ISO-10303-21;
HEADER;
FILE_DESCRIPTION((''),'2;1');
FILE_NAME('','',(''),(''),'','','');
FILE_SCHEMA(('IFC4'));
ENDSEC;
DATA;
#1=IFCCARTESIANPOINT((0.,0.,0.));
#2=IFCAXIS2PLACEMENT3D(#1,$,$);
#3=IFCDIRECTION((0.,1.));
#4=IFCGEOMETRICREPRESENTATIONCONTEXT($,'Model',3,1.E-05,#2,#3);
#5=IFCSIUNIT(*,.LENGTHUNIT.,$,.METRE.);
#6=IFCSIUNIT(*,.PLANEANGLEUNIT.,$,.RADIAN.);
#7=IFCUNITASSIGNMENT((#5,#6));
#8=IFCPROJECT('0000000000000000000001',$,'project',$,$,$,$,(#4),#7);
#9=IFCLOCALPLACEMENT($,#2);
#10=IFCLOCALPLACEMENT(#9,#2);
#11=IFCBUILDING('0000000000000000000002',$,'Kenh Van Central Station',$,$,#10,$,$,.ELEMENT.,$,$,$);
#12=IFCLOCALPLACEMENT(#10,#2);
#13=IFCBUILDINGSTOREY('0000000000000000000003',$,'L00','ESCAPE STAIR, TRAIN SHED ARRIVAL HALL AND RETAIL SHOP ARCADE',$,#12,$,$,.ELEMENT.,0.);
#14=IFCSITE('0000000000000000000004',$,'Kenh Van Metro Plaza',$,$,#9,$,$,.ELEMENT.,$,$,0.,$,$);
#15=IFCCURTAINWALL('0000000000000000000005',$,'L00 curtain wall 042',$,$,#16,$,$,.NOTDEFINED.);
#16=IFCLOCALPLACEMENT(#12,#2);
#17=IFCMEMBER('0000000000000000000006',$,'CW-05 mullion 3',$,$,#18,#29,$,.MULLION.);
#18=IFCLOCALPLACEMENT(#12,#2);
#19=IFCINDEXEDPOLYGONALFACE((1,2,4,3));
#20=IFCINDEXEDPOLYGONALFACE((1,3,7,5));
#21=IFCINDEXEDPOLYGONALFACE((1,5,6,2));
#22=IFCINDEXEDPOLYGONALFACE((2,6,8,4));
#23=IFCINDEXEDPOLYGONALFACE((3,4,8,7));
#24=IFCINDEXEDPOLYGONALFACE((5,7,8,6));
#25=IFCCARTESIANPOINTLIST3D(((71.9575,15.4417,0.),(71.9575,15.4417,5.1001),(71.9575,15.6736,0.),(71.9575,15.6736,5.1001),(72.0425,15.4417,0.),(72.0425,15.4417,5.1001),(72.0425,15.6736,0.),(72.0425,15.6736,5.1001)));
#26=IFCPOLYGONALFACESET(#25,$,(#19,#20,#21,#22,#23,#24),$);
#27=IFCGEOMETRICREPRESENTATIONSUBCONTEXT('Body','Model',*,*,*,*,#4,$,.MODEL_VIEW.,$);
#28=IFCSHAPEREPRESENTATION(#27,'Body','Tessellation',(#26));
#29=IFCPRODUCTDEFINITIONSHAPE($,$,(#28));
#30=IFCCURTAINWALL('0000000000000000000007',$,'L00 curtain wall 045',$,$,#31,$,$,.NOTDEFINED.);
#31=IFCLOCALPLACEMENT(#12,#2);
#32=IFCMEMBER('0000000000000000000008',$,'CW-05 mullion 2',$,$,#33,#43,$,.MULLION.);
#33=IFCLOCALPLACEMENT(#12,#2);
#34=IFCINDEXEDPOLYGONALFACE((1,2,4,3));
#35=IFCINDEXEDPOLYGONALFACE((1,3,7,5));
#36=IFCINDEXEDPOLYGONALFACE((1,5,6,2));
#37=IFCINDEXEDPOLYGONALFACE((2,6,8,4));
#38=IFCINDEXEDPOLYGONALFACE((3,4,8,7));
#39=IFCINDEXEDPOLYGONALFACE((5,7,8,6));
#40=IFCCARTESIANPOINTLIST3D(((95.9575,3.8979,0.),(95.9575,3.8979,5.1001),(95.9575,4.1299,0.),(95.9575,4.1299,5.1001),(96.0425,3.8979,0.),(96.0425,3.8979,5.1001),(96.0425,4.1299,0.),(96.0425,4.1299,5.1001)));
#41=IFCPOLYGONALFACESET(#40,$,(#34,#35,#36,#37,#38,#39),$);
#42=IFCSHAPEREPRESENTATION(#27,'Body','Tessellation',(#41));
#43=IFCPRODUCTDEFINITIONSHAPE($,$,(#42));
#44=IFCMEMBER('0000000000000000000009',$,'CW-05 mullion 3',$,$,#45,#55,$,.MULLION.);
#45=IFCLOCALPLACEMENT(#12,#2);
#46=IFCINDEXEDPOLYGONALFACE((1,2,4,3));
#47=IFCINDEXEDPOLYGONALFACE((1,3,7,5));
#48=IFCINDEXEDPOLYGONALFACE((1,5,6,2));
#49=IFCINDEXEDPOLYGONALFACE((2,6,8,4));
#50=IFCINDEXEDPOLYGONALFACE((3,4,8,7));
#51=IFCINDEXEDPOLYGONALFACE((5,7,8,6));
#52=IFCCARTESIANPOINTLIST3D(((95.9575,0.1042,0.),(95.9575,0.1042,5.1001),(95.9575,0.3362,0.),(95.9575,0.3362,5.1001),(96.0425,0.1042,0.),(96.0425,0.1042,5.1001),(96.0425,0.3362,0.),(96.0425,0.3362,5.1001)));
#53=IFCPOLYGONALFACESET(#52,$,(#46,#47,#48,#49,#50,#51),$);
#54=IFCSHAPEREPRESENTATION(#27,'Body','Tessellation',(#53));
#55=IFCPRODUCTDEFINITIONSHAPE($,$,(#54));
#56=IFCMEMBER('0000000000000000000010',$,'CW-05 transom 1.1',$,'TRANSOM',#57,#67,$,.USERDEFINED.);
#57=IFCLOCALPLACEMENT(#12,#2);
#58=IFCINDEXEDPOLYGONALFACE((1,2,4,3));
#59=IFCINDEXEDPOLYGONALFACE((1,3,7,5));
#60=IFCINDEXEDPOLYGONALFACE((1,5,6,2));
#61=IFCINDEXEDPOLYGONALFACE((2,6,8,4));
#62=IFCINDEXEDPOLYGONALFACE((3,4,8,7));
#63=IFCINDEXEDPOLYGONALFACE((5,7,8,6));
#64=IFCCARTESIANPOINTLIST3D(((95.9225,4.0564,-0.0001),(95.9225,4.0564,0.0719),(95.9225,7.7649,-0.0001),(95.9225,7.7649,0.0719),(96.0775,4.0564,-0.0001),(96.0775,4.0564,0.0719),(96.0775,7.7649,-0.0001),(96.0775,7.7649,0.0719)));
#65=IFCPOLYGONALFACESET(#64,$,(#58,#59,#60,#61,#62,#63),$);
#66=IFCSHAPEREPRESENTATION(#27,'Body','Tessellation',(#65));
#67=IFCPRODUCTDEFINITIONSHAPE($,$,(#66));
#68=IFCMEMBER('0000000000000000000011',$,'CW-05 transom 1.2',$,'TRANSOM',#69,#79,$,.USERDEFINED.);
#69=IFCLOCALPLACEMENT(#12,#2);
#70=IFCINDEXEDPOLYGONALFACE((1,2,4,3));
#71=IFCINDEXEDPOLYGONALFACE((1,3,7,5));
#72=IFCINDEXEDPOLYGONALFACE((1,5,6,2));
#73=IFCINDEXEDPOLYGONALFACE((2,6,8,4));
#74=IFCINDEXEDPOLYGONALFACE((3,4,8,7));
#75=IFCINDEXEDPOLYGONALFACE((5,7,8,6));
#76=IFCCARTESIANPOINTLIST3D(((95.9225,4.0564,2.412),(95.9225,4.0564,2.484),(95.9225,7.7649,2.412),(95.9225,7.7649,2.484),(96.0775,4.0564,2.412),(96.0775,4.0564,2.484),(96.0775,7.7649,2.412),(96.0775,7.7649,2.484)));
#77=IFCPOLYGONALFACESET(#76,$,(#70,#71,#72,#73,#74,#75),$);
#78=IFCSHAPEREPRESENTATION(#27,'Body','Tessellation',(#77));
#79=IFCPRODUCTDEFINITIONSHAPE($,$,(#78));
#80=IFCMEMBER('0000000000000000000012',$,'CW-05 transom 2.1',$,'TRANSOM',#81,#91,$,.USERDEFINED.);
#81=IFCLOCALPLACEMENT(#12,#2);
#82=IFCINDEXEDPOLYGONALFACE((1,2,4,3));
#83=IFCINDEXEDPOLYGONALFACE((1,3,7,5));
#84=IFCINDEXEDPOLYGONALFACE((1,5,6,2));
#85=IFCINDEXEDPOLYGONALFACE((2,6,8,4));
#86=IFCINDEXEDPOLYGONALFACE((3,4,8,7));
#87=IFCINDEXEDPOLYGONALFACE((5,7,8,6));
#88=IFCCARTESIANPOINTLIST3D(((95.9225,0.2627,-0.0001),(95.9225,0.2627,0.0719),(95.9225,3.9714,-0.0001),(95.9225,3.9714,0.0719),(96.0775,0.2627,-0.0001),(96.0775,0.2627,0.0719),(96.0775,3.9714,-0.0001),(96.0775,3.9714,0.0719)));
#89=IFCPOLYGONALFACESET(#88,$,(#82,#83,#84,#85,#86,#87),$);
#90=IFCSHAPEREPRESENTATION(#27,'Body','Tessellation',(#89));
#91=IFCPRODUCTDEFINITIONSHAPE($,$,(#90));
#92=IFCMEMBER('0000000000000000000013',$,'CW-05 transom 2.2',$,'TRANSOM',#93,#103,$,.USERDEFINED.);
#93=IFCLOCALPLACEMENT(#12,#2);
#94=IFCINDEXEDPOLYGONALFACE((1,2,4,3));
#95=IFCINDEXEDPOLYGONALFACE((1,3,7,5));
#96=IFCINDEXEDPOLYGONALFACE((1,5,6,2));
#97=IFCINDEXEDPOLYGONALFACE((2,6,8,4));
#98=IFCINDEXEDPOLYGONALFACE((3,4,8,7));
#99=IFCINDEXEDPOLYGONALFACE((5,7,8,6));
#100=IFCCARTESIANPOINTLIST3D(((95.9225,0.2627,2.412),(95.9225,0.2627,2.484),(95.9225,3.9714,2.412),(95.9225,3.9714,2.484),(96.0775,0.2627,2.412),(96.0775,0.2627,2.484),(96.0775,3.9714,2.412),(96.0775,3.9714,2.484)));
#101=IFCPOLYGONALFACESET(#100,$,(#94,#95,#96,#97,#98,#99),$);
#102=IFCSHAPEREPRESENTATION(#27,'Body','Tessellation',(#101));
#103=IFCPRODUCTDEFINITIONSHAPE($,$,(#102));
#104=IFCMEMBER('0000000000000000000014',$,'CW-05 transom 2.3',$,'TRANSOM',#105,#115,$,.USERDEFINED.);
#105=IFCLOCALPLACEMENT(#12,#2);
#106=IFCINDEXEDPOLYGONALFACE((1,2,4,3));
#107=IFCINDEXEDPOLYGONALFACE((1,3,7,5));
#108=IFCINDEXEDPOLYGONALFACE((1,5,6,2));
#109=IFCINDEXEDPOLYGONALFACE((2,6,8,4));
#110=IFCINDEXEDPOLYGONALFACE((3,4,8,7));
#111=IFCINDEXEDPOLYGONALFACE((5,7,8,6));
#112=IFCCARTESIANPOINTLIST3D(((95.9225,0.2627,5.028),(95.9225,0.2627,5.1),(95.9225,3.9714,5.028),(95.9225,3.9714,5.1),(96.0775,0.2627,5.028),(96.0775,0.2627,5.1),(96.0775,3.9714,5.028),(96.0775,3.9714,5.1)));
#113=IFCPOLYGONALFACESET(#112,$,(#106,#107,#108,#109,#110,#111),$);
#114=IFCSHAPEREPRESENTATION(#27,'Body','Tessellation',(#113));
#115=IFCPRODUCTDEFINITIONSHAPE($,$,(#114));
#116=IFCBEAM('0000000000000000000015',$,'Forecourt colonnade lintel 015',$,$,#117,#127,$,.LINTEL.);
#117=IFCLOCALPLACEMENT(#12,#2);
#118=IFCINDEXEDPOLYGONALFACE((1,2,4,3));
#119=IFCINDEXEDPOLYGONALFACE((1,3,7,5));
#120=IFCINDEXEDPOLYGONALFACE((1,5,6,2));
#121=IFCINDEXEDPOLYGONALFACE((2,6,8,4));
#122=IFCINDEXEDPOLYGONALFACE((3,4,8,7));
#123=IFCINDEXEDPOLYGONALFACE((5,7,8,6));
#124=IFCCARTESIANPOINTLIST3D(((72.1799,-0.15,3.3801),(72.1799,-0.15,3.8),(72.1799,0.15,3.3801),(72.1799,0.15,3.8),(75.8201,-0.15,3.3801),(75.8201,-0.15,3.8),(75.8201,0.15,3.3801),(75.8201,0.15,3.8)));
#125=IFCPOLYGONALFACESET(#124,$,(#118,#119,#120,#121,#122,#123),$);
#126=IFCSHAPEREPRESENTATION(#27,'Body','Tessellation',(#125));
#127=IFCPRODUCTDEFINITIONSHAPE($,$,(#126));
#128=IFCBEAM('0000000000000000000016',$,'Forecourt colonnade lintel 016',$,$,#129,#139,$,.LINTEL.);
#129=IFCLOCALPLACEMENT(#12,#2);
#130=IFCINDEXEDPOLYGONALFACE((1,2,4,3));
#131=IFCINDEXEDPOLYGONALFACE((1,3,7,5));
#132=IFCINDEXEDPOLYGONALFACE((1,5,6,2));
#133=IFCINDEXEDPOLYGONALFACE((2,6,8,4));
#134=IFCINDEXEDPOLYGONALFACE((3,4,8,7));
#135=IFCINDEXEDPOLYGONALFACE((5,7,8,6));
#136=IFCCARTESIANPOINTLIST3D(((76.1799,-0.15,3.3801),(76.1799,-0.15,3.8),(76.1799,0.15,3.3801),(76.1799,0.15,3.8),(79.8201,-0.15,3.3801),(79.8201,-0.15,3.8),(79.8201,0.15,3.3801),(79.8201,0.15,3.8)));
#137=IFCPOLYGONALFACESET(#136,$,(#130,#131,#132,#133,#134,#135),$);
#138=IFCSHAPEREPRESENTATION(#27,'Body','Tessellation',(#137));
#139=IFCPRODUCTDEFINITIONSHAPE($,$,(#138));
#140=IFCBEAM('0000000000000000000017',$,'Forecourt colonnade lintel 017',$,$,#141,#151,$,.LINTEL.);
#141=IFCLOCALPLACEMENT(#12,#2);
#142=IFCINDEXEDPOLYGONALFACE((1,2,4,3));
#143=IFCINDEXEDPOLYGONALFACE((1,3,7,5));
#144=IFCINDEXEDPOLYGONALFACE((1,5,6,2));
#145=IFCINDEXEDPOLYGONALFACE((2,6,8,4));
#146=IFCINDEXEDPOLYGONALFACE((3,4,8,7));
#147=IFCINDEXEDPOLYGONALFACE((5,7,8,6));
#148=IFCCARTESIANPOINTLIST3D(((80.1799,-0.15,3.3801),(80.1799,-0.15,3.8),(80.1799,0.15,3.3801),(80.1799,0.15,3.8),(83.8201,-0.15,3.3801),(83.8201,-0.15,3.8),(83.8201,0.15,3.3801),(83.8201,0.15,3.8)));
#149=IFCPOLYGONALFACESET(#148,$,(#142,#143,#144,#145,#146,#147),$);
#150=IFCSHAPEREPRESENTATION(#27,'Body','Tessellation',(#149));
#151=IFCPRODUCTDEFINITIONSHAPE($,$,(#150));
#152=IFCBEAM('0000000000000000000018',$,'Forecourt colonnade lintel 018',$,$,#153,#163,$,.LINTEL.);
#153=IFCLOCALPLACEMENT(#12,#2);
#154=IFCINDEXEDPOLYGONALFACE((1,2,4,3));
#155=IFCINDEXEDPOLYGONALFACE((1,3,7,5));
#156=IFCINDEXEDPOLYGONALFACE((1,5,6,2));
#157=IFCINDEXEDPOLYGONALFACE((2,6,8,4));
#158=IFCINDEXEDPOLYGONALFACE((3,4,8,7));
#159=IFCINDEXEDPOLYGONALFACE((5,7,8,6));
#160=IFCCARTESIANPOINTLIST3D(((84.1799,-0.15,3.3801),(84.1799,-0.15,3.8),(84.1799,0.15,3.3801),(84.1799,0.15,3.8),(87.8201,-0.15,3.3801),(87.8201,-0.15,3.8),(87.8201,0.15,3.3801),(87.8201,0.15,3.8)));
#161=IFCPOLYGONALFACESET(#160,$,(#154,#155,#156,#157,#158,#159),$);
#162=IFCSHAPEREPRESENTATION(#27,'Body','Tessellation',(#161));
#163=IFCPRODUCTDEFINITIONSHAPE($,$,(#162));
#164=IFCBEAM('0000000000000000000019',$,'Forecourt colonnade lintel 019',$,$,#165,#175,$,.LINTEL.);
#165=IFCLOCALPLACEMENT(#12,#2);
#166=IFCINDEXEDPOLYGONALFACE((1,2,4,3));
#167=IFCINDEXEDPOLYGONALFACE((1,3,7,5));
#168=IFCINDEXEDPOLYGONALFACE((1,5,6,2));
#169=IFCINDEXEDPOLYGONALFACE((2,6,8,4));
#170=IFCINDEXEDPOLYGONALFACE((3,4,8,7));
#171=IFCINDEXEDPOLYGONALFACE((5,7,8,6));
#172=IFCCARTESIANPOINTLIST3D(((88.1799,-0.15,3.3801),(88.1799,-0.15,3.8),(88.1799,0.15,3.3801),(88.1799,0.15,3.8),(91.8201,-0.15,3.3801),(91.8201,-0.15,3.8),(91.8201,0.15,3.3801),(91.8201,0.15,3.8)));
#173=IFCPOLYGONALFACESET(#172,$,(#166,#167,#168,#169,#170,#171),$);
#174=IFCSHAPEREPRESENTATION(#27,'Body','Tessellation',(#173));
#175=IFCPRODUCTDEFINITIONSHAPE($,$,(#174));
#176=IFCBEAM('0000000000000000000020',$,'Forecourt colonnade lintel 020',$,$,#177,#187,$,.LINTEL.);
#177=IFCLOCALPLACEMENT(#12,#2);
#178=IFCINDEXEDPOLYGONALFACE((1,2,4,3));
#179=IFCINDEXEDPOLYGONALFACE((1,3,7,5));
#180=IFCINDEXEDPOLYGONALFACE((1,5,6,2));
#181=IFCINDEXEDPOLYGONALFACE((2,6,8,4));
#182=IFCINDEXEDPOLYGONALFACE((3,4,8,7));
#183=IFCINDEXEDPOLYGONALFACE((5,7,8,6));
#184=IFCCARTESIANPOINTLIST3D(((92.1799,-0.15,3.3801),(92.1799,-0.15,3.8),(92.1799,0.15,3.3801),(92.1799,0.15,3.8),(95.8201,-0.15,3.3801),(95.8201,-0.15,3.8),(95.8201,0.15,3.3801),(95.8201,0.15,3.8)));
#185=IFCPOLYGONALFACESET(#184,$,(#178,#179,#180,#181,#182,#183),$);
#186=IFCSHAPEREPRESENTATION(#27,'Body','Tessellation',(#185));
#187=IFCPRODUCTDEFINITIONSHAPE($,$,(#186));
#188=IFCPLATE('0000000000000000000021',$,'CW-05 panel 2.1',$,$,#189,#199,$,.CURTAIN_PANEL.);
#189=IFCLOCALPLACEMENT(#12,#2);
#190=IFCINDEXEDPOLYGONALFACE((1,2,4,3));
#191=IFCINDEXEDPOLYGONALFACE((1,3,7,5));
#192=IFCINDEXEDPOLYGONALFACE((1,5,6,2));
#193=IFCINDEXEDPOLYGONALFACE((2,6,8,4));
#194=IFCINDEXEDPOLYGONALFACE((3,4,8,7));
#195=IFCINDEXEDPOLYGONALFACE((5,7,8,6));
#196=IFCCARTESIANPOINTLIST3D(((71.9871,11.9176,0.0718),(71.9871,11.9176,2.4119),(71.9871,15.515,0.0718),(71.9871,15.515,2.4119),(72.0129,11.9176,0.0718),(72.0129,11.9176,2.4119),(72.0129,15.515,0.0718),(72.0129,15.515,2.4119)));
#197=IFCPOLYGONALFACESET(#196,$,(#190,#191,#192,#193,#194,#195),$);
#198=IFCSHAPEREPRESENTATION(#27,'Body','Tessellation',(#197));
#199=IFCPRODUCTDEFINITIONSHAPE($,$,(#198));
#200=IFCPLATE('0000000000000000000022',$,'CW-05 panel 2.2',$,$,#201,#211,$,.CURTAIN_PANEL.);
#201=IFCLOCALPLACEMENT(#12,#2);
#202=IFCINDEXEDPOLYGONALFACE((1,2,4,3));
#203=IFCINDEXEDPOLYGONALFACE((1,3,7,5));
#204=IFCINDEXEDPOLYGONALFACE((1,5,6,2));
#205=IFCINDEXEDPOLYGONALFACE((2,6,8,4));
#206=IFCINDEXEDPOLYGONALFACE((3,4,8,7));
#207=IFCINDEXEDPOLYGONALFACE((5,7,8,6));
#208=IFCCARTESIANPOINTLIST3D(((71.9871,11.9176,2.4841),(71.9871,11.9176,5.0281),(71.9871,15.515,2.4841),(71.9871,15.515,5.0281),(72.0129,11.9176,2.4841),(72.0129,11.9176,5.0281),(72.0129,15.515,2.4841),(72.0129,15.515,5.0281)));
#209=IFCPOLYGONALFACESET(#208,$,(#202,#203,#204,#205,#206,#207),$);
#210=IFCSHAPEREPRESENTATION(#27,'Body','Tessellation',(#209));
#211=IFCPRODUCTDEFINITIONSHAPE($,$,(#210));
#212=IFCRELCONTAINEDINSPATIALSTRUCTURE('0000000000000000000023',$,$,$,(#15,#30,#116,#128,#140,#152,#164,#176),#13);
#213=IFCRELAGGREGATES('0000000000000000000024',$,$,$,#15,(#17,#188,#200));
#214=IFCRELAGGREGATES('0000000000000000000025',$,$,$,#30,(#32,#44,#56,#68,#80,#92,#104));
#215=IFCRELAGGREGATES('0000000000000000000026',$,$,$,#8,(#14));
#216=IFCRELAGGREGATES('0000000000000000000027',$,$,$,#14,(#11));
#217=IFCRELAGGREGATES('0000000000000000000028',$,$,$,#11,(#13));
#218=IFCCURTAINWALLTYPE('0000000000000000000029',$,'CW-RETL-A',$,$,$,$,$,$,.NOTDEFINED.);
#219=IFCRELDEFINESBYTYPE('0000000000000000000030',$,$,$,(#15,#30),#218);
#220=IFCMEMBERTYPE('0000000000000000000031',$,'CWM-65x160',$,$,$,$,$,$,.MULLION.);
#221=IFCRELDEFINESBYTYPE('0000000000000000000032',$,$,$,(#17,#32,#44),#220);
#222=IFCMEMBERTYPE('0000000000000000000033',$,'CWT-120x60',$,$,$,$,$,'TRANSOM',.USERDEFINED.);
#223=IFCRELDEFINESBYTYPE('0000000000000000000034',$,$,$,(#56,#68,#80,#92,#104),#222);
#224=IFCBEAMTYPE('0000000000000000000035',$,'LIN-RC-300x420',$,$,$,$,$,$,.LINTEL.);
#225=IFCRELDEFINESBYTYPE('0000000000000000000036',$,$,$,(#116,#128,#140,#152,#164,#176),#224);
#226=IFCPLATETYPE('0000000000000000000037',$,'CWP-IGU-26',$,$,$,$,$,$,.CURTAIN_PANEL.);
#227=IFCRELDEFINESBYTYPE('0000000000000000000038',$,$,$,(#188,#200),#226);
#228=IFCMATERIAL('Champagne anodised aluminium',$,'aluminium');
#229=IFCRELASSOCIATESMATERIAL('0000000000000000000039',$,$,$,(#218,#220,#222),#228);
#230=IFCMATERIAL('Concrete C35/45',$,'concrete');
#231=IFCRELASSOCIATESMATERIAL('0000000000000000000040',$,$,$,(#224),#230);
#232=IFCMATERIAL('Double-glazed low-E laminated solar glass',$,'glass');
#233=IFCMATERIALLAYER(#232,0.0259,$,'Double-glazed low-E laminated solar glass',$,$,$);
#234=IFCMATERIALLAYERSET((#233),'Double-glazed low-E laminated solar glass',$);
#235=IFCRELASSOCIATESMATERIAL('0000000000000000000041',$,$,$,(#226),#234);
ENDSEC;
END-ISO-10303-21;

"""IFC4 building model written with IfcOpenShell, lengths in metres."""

from ifc_helpers import new_model, si_unit, direction, frame, origin, origin_2d, place, context, subcontext, project, spatial, rectangle, extrude, material, layer, layer_set, material_profile, profile_set, type_object, element, aggregate, save


model = new_model("IFC4")

# Units and contexts
model_context = context("Model", 3, precision=1e-05, world=origin(), true_north=direction((0.0, 1.0)))
body_context = subcontext(model_context, "Body", "Model", "MODEL_VIEW")
ifc_project = project(units=[si_unit("LENGTHUNIT", "METRE"), si_unit("PLANEANGLEUNIT", "RADIAN")], contexts=[model_context])

# Site, building, storey
site_placement = place(None, origin())
site = spatial("IfcSite", under=ifc_project, at=site_placement, Name="Kenh Van Metro Plaza", CompositionType="ELEMENT", RefElevation=0.0)
building_placement = place(site_placement, origin())
building = spatial("IfcBuilding", under=site, at=building_placement, Name="Kenh Van Central Station", CompositionType="ELEMENT")
storey_placement = place(building_placement, origin())
storey = spatial("IfcBuildingStorey", under=building, at=storey_placement, Name="L00", Description="ESCAPE STAIR, TRAIN SHED ARRIVAL HALL AND RETAIL SHOP ARCADE", CompositionType="ELEMENT", Elevation=0.0)

# Shared definitions
ifc_material_1 = material(Name="Concrete C35/45", Category="concrete")

# Curtain wall, member
ifc_material_2 = material(Name="Champagne anodised aluminium", Category="aluminium")
curtain_wall_type = type_object("IfcCurtainWallType", Name="CW-RETL-A", PredefinedType="NOTDEFINED", material=ifc_material_2)
curtain_wall_1_placement = place(storey_placement, origin())
curtain_wall_1 = element("IfcCurtainWall", 1, at=curtain_wall_1_placement, inside=storey, type_object=curtain_wall_type, Name="L00 curtain wall 042", PredefinedType="NOTDEFINED")
ifc_material_profile_1 = material_profile(ifc_material_2, rectangle(XDim=0.085, YDim=0.2319, at=origin_2d()), Name="AL 85x232")
ifc_profile_set_1 = profile_set([ifc_material_profile_1], Name="Champagne anodised aluminium")
member_type_1 = type_object("IfcMemberType", Name="CWM-65x160", PredefinedType="MULLION", material=ifc_profile_set_1)
member_1_placement = place(storey_placement, frame((72.0, 15.5576, 0.0), z_axis=(0.0, 0.0, 1.0), x_axis=(-1.0, 0.0, 0.0)))
member_1 = element("IfcMember", 2, at=member_1_placement, type_object=member_type_1, Name="CW-05 mullion 3", PredefinedType="MULLION", context=body_context, shape_type="SweptSolid", body=[
    extrude(rectangle(XDim=0.085, YDim=0.2319, at=origin_2d()), origin(), (0.0, 0.0, 1.0), 5.1001),
])

# Curtain wall, members
curtain_wall_2_placement = place(storey_placement, origin())
curtain_wall_2 = element("IfcCurtainWall", 3, at=curtain_wall_2_placement, inside=storey, type_object=curtain_wall_type, Name="L00 curtain wall 045", PredefinedType="NOTDEFINED")
member_2_placement = place(storey_placement, frame((96.0, 4.0139, 0.0), z_axis=(0.0, 0.0, 1.0), x_axis=(1.0, 0.0, 0.0)))
member_2 = element("IfcMember", 4, at=member_2_placement, type_object=member_type_1, Name="CW-05 mullion 2", PredefinedType="MULLION", context=body_context, shape_type="SweptSolid", body=[
    extrude(rectangle(XDim=0.085, YDim=0.2319, at=origin_2d()), origin(), (0.0, 0.0, 1.0), 5.1001),
])
member_3_placement = place(storey_placement, frame((96.0, 0.2202, 0.0), z_axis=(0.0, 0.0, 1.0), x_axis=(1.0, 0.0, 0.0)))
member_3 = element("IfcMember", 5, at=member_3_placement, type_object=member_type_1, Name="CW-05 mullion 3", PredefinedType="MULLION", context=body_context, shape_type="SweptSolid", body=[
    extrude(rectangle(XDim=0.085, YDim=0.2319, at=origin_2d()), origin(), (0.0, 0.0, 1.0), 5.1001),
])
ifc_material_profile_2 = material_profile(ifc_material_2, rectangle(XDim=0.155, YDim=0.072, at=origin_2d()), Name="AL 155x72")
ifc_profile_set_2 = profile_set([ifc_material_profile_2], Name="Champagne anodised aluminium")
member_type_2 = type_object("IfcMemberType", Name="CWT-120x60", ElementType="TRANSOM", PredefinedType="USERDEFINED", material=ifc_profile_set_2)
member_4_placement = place(storey_placement, frame((96.0, 7.7649, 0.0359), z_axis=(0.0, -1.0, 0.0), x_axis=(1.0, 0.0, 0.0)))
member_4 = element("IfcMember", 6, at=member_4_placement, type_object=member_type_2, Name="CW-05 transom 1.1", ObjectType="TRANSOM", PredefinedType="USERDEFINED", context=body_context, shape_type="SweptSolid", body=[
    extrude(rectangle(XDim=0.155, YDim=0.072, at=origin_2d()), origin(), (0.0, 0.0, 1.0), 3.7085),
])
member_5_placement = place(storey_placement, frame((96.0, 7.7649, 2.448), z_axis=(0.0, -1.0, 0.0), x_axis=(1.0, 0.0, 0.0)))
member_5 = element("IfcMember", 7, at=member_5_placement, type_object=member_type_2, Name="CW-05 transom 1.2", ObjectType="TRANSOM", PredefinedType="USERDEFINED", context=body_context, shape_type="SweptSolid", body=[
    extrude(rectangle(XDim=0.155, YDim=0.072, at=origin_2d()), origin(), (0.0, 0.0, 1.0), 3.7085),
])
member_6_placement = place(storey_placement, frame((96.0, 3.9714, 0.0359), z_axis=(0.0, -1.0, 0.0), x_axis=(1.0, 0.0, 0.0)))
member_6 = element("IfcMember", 8, at=member_6_placement, type_object=member_type_2, Name="CW-05 transom 2.1", ObjectType="TRANSOM", PredefinedType="USERDEFINED", context=body_context, shape_type="SweptSolid", body=[
    extrude(rectangle(XDim=0.155, YDim=0.072, at=origin_2d()), origin(), (0.0, 0.0, 1.0), 3.7087),
])
member_7_placement = place(storey_placement, frame((96.0, 3.9714, 2.448), z_axis=(0.0, -1.0, 0.0), x_axis=(1.0, 0.0, 0.0)))
member_7 = element("IfcMember", 9, at=member_7_placement, type_object=member_type_2, Name="CW-05 transom 2.2", ObjectType="TRANSOM", PredefinedType="USERDEFINED", context=body_context, shape_type="SweptSolid", body=[
    extrude(rectangle(XDim=0.155, YDim=0.072, at=origin_2d()), origin(), (0.0, 0.0, 1.0), 3.7087),
])
member_8_placement = place(storey_placement, frame((96.0, 3.9714, 5.064), z_axis=(0.0, -1.0, 0.0), x_axis=(1.0, 0.0, 0.0)))
member_8 = element("IfcMember", 10, at=member_8_placement, type_object=member_type_2, Name="CW-05 transom 2.3", ObjectType="TRANSOM", PredefinedType="USERDEFINED", context=body_context, shape_type="SweptSolid", body=[
    extrude(rectangle(XDim=0.155, YDim=0.072, at=origin_2d()), origin(), (0.0, 0.0, 1.0), 3.7087),
])

# Beams
ifc_material_profile_3 = material_profile(ifc_material_1, rectangle(XDim=0.3, YDim=0.4199, at=origin_2d()), Name="RC 300x420")
ifc_profile_set_3 = profile_set([ifc_material_profile_3], Name="Concrete C35/45")
beam_type = type_object("IfcBeamType", Name="LIN-RC-300x420", PredefinedType="LINTEL", material=ifc_profile_set_3)
for number, where, z_axis, x_axis, name in (
    (11, (72.1799, 0.0, 3.5901), (1.0, 0.0, 0.0), (0.0, 1.0, 0.0), "Forecourt colonnade lintel 015"),
    (12, (76.1799, 0.0, 3.5901), (1.0, 0.0, 0.0), (0.0, 1.0, 0.0), "Forecourt colonnade lintel 016"),
    (13, (80.1799, 0.0, 3.5901), (1.0, 0.0, 0.0), (0.0, 1.0, 0.0), "Forecourt colonnade lintel 017"),
    (14, (84.1799, 0.0, 3.5901), (1.0, 0.0, 0.0), (0.0, 1.0, 0.0), "Forecourt colonnade lintel 018"),
    (15, (88.1799, 0.0, 3.5901), (1.0, 0.0, 0.0), (0.0, 1.0, 0.0), "Forecourt colonnade lintel 019"),
    (16, (92.1799, 0.0, 3.5901), (1.0, 0.0, 0.0), (0.0, 1.0, 0.0), "Forecourt colonnade lintel 020"),
):
    element("IfcBeam", number, at=place(storey_placement, frame(where, z_axis=z_axis, x_axis=x_axis)), inside=storey, type_object=beam_type, Name=name, PredefinedType="LINTEL", context=body_context, shape_type="SweptSolid", body=[
        extrude(rectangle(XDim=0.3, YDim=0.4199, at=origin_2d()), origin(), (0.0, 0.0, 1.0), 3.6401),
    ])

# Plates
ifc_material_3 = material(Name="Double-glazed low-E laminated solar glass", Category="glass")
ifc_layer = layer(ifc_material_3, 0.0259, Name="Double-glazed low-E laminated solar glass")
ifc_layer_set = layer_set([ifc_layer], Name="Double-glazed low-E laminated solar glass")
plate_type = type_object("IfcPlateType", Name="CWP-IGU-26", PredefinedType="CURTAIN_PANEL", material=ifc_layer_set)
plate_1_placement = place(storey_placement, frame((72.0, 13.7163, 0.0718), z_axis=(0.0, 0.0, 1.0), x_axis=(0.0, 1.0, 0.0)))
plate_1 = element("IfcPlate", 17, at=plate_1_placement, type_object=plate_type, Name="CW-05 panel 2.1", PredefinedType="CURTAIN_PANEL", context=body_context, shape_type="SweptSolid", body=[
    extrude(rectangle(XDim=3.5974, YDim=0.0259, at=origin_2d()), origin(), (0.0, 0.0, 1.0), 2.3401),
])
plate_2_placement = place(storey_placement, frame((72.0, 13.7163, 2.4841), z_axis=(0.0, 0.0, 1.0), x_axis=(0.0, 1.0, 0.0)))
plate_2 = element("IfcPlate", 18, at=plate_2_placement, type_object=plate_type, Name="CW-05 panel 2.2", PredefinedType="CURTAIN_PANEL", context=body_context, shape_type="SweptSolid", body=[
    extrude(rectangle(XDim=3.5974, YDim=0.0259, at=origin_2d()), origin(), (0.0, 0.0, 1.0), 2.5439),
])
aggregate(curtain_wall_1, [member_1, plate_1, plate_2])
aggregate(curtain_wall_2, [member_2, member_3, member_4, member_5, member_6, member_7, member_8])

save(model, "model.ifc")
